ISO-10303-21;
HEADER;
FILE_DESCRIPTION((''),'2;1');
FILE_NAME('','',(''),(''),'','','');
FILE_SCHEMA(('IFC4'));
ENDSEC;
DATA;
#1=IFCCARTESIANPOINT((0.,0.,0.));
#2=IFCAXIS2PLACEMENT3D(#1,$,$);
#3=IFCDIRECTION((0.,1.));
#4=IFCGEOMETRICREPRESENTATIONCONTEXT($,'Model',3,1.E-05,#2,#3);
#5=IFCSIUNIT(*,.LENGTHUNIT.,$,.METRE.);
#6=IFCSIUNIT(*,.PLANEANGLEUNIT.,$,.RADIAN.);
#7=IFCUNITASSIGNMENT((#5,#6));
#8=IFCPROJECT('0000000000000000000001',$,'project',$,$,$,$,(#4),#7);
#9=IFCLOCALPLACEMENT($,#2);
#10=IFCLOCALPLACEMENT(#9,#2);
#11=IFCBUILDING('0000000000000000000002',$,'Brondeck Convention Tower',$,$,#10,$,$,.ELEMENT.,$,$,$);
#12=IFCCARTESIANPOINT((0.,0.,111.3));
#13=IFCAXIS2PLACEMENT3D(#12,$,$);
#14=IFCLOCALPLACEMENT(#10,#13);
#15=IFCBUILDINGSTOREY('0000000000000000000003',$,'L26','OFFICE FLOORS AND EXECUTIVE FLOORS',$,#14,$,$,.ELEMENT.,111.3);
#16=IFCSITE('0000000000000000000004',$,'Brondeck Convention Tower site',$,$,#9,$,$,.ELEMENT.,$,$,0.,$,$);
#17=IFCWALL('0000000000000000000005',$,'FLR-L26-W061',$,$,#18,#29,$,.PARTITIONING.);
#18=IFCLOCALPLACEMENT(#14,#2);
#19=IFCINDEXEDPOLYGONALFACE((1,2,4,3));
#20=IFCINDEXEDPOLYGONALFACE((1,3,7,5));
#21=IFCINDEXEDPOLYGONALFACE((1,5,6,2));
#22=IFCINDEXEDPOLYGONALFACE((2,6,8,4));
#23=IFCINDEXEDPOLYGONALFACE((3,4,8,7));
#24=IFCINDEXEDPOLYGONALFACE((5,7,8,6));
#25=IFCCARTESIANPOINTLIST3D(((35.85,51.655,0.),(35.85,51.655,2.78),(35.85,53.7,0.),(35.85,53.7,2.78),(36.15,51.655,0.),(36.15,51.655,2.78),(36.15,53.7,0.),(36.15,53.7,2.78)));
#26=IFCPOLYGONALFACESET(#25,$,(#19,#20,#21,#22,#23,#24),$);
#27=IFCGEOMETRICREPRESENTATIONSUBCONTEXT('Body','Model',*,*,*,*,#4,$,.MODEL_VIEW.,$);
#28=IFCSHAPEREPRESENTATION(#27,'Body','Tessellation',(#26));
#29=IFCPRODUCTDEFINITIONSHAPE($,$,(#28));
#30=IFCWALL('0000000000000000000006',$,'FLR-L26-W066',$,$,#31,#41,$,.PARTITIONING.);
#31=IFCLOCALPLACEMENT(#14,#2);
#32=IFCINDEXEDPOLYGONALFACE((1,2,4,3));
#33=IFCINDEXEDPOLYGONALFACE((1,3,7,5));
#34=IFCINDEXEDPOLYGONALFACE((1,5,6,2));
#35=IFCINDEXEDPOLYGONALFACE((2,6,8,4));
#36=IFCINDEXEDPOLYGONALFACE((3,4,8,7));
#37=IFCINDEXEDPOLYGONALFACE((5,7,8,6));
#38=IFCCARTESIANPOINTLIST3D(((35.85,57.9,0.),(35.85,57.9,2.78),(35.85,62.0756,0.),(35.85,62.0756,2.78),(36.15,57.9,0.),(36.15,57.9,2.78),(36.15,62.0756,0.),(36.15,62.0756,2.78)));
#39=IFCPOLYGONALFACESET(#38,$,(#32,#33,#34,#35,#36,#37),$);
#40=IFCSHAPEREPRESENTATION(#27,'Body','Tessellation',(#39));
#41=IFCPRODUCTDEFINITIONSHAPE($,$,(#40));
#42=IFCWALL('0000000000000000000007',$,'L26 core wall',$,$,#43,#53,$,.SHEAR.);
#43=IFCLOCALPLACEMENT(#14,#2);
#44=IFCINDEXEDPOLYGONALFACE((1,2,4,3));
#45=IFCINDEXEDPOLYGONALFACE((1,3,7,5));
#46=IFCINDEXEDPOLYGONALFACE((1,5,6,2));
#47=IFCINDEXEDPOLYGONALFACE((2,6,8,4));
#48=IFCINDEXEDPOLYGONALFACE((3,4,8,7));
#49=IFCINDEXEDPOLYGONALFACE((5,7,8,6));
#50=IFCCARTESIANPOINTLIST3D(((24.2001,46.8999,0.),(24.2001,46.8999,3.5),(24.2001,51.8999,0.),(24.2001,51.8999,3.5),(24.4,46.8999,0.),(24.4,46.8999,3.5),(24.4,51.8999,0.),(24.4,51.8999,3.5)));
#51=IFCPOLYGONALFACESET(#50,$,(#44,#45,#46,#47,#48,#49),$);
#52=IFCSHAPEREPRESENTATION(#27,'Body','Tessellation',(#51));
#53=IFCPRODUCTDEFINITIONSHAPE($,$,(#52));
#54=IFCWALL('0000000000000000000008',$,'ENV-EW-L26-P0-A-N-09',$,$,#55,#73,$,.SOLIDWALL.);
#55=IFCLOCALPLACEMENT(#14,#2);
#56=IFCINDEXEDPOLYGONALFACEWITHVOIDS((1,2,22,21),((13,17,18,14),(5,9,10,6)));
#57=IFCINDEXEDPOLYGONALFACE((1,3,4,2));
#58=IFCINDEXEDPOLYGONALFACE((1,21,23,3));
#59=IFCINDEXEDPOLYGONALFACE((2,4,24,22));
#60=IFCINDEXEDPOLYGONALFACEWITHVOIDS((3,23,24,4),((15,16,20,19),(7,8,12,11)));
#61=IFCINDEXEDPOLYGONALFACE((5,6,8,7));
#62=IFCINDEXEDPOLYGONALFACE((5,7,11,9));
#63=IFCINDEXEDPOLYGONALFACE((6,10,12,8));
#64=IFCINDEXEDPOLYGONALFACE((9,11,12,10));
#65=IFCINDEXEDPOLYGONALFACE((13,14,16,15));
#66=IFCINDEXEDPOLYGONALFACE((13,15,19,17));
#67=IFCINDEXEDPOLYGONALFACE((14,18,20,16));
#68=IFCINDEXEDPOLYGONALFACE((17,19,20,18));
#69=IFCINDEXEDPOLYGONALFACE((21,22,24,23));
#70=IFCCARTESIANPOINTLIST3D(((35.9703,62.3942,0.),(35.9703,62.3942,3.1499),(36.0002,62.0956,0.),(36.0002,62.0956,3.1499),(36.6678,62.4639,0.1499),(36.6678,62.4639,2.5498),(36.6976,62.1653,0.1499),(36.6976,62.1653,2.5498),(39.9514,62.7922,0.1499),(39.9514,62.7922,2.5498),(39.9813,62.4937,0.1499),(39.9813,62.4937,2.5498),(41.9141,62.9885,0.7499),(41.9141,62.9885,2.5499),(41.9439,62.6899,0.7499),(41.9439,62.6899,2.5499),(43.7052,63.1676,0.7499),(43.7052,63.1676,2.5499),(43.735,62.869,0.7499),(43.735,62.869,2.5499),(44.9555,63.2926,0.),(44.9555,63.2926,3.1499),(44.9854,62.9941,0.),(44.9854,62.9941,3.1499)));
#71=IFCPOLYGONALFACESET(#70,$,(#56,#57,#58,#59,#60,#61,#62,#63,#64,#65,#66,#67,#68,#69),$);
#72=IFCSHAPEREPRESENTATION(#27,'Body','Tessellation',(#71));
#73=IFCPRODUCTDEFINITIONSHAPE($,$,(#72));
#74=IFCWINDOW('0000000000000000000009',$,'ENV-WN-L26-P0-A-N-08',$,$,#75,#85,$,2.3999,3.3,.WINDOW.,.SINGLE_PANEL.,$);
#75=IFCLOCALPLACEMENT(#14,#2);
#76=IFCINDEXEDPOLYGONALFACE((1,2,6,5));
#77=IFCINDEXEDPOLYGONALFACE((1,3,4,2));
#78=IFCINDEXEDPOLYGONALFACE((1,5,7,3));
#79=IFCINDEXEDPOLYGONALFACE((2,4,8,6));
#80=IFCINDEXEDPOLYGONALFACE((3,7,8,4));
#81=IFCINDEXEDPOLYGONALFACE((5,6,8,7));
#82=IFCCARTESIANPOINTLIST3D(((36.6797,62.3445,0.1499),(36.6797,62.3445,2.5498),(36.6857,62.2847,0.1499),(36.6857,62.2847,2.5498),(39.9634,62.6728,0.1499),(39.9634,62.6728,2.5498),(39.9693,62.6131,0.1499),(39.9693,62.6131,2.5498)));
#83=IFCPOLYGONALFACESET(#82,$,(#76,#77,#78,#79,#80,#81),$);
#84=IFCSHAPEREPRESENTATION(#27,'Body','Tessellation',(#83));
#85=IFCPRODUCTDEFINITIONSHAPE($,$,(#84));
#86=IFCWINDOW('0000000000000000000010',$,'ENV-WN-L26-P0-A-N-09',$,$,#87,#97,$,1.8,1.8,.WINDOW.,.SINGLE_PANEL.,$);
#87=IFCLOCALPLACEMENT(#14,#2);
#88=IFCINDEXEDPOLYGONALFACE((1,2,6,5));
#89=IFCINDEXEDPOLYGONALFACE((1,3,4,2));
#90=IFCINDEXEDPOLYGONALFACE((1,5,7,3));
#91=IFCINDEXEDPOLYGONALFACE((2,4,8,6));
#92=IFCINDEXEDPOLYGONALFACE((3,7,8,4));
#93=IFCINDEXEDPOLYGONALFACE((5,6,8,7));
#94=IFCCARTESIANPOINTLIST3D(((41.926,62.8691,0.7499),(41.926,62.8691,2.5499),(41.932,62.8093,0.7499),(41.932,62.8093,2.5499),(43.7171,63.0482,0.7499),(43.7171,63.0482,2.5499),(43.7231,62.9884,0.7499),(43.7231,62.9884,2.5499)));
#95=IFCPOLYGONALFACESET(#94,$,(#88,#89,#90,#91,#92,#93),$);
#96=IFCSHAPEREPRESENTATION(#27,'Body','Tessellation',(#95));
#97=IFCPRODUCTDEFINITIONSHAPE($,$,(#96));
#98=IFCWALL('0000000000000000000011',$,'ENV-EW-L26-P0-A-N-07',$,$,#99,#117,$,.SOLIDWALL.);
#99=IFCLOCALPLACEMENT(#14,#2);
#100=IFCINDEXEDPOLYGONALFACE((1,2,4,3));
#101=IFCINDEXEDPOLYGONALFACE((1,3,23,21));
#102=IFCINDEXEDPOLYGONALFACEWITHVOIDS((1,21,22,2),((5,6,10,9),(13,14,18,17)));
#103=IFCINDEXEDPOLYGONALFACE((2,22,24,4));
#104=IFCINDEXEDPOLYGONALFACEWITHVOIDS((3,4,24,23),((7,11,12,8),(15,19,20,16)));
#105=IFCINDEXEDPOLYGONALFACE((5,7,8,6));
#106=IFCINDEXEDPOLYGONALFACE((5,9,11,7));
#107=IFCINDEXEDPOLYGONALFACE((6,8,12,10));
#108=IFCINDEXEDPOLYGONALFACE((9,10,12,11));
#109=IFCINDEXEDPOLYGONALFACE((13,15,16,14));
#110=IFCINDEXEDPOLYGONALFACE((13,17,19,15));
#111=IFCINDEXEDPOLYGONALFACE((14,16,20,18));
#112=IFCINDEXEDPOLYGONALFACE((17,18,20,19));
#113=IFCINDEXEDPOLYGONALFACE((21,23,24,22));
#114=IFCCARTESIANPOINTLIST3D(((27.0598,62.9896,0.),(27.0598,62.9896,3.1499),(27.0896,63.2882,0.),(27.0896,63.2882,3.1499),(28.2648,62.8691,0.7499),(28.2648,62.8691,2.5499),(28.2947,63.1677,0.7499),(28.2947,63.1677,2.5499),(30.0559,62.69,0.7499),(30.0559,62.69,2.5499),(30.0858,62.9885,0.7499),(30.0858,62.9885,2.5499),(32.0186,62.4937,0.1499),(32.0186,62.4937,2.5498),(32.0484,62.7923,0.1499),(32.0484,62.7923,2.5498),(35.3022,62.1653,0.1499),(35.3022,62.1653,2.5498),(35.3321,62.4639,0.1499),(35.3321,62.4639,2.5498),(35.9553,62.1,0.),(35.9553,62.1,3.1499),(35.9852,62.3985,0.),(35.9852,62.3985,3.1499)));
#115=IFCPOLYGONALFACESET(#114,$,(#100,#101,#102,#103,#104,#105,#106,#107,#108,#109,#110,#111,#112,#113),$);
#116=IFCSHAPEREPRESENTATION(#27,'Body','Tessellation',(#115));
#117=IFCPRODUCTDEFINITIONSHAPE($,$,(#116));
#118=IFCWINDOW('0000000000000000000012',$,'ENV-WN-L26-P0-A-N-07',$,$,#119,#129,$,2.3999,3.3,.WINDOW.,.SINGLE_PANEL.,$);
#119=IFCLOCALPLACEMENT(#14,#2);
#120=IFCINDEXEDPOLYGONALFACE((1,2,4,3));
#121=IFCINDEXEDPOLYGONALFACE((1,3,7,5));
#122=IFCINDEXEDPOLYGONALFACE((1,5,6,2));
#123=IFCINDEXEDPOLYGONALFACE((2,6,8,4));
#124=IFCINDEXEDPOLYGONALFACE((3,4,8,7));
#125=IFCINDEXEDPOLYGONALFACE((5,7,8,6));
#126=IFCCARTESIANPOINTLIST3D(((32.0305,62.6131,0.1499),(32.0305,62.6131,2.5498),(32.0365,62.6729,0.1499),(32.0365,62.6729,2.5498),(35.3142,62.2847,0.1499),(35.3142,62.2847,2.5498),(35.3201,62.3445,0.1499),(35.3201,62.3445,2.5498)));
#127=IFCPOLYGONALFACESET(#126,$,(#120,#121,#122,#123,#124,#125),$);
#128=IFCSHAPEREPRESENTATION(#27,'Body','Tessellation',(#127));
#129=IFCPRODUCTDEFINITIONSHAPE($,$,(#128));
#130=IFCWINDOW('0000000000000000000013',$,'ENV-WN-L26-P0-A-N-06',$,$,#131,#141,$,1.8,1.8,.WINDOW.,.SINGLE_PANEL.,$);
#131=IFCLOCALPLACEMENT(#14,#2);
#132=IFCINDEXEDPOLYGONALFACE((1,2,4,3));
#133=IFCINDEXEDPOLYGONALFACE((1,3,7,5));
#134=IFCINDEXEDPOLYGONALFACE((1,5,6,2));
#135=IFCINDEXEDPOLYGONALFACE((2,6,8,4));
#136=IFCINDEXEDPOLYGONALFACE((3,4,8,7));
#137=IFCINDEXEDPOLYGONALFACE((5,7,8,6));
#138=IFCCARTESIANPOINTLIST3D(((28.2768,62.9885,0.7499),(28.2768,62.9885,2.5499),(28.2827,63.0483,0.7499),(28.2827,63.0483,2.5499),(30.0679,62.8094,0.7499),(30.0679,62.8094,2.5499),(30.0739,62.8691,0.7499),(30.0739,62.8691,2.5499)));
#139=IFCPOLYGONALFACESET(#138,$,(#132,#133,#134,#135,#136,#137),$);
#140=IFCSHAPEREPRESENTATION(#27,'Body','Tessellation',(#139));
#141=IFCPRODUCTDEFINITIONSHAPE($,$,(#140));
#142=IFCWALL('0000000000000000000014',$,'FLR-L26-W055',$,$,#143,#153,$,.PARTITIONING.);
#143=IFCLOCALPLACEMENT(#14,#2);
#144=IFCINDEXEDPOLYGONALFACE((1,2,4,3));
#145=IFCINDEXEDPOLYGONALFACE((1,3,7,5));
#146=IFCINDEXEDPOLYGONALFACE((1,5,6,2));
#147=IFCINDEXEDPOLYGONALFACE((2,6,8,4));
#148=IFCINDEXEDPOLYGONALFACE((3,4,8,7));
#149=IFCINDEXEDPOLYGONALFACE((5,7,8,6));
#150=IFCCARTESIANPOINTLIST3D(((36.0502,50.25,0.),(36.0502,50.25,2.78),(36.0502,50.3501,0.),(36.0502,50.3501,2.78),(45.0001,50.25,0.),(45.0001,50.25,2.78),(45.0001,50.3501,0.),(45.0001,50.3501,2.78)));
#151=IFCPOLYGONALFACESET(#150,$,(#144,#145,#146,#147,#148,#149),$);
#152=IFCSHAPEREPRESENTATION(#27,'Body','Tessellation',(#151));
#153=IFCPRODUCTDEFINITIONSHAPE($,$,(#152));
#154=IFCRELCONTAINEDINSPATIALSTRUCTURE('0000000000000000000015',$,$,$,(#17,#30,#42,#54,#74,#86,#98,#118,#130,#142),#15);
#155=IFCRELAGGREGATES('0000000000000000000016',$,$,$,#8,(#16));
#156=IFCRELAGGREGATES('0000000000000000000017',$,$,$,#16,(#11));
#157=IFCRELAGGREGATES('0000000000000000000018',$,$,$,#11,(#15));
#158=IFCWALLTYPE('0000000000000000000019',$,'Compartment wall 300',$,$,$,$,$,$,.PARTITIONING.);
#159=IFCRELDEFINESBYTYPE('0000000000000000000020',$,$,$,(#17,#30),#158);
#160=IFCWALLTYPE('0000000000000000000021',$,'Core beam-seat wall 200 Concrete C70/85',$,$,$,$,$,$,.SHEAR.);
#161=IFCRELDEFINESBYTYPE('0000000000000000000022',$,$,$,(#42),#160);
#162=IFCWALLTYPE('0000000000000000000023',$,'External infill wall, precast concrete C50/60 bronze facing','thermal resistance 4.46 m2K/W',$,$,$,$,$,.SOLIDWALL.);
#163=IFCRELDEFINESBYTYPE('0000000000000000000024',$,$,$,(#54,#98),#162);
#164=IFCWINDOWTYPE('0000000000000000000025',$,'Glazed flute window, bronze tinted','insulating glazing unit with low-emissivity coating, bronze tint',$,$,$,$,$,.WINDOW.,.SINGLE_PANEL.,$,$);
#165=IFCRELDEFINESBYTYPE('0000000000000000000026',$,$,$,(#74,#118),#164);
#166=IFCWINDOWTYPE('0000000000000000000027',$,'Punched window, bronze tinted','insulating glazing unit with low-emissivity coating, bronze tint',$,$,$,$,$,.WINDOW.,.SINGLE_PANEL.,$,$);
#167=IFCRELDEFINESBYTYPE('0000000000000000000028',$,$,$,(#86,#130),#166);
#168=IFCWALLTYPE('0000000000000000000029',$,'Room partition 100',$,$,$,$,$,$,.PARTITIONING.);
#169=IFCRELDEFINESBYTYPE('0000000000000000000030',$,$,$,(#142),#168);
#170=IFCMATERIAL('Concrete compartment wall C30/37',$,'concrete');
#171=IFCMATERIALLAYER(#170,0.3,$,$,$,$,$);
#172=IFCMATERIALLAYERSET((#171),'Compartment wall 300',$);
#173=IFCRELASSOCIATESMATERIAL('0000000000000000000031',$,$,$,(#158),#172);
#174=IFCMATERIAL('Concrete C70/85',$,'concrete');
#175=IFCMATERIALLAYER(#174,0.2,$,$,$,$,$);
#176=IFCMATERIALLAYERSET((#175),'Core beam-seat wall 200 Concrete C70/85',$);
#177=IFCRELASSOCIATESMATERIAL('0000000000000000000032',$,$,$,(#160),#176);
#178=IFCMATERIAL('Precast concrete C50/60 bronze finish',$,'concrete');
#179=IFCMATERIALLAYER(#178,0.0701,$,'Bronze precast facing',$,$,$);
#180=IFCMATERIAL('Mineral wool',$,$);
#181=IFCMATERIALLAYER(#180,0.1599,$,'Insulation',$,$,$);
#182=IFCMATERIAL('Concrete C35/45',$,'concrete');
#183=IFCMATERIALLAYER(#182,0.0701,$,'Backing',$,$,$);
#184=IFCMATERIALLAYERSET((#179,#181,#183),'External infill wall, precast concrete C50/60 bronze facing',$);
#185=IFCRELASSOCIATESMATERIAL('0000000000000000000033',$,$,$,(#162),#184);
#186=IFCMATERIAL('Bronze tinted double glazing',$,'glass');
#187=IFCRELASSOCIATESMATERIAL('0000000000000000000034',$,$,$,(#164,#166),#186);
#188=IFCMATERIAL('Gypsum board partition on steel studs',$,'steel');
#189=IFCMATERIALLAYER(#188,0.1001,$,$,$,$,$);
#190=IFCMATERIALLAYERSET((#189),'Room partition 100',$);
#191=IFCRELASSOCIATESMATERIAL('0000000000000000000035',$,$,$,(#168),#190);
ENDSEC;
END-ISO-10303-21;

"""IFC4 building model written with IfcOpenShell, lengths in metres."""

from ifc_helpers import new_model, si_unit, direction, frame, frame_2d, origin, place, context, subcontext, project, spatial, rectangle, extrude, material, layer, layer_set, type_object, element, fill, save


model = new_model("IFC4")

# Units and contexts
model_context = context("Model", 3, precision=1e-05, world=origin(), true_north=direction((0.0, 1.0)))
body_context = subcontext(model_context, "Body", "Model", "MODEL_VIEW")
ifc_project = project(units=[si_unit("LENGTHUNIT", "METRE"), si_unit("PLANEANGLEUNIT", "RADIAN")], contexts=[model_context])

# Site, building, storey
site_placement = place(None, origin())
site = spatial("IfcSite", under=ifc_project, at=site_placement, Name="Brondeck Convention Tower site", CompositionType="ELEMENT", RefElevation=0.0)
building_placement = place(site_placement, origin())
building = spatial("IfcBuilding", under=site, at=building_placement, Name="Brondeck Convention Tower", CompositionType="ELEMENT")
storey_placement = place(building_placement, frame((0.0, 0.0, 111.3)))
storey = spatial("IfcBuildingStorey", under=building, at=storey_placement, Name="L26", Description="OFFICE FLOORS AND EXECUTIVE FLOORS", CompositionType="ELEMENT", Elevation=111.3)

# Shared definitions
ifc_material_1 = material(Name="Concrete C70/85", Category="concrete")

# Walls
ifc_material_2 = material(Name="Concrete compartment wall C30/37", Category="concrete")
ifc_layer_1 = layer(ifc_material_2, 0.3)
ifc_layer_set_1 = layer_set([ifc_layer_1], Name="Compartment wall 300")
wall_type_1 = type_object("IfcWallType", Name="Compartment wall 300", PredefinedType="PARTITIONING", material=ifc_layer_set_1)
wall_1_placement = place(storey_placement, frame((36.0, 51.655, 0.0), z_axis=(0.0, 0.0, 1.0), x_axis=(0.0, 1.0, 0.0)))
element("IfcWall", 1, at=wall_1_placement, inside=storey, type_object=wall_type_1, Name="FLR-L26-W061", PredefinedType="PARTITIONING", context=body_context, shape_type="SweptSolid", body=[
    extrude(rectangle(XDim=2.0449, YDim=0.3, at=frame_2d((1.0225, 0.0))), origin(), (0.0, 0.0, 1.0), 2.78),
])
wall_2_placement = place(storey_placement, frame((36.0, 57.8999, 0.0), z_axis=(0.0, 0.0, 1.0), x_axis=(0.0, 1.0, 0.0)))
element("IfcWall", 2, at=wall_2_placement, inside=storey, type_object=wall_type_1, Name="FLR-L26-W066", PredefinedType="PARTITIONING", context=body_context, shape_type="SweptSolid", body=[
    extrude(rectangle(XDim=4.1755, YDim=0.3, at=frame_2d((2.0879, 0.0))), origin(), (0.0, 0.0, 1.0), 2.78),
])
ifc_layer_2 = layer(ifc_material_1, 0.2)
ifc_layer_set_2 = layer_set([ifc_layer_2], Name="Core beam-seat wall 200 Concrete C70/85")
wall_type_2 = type_object("IfcWallType", Name="Core beam-seat wall 200 Concrete C70/85", PredefinedType="SHEAR", material=ifc_layer_set_2)
wall_3_placement = place(storey_placement, frame((24.3, 46.8999, 0.0), z_axis=(0.0, 0.0, 1.0), x_axis=(0.0, 1.0, 0.0)))
element("IfcWall", 3, at=wall_3_placement, inside=storey, type_object=wall_type_2, Name="L26 core wall", PredefinedType="SHEAR", context=body_context, shape_type="SweptSolid", body=[
    extrude(rectangle(XDim=5.0, YDim=0.2, at=frame_2d((2.5, 0.0))), origin(), (0.0, 0.0, 1.0), 3.5),
])

# Walls, openings, windows
ifc_material_3 = material(Name="Precast concrete C50/60 bronze finish", Category="concrete")
ifc_layer_3 = layer(ifc_material_3, 0.0701, Name="Bronze precast facing")
ifc_material_4 = material(Name="Mineral wool")
ifc_layer_4 = layer(ifc_material_4, 0.1599, Name="Insulation")
ifc_material_5 = material(Name="Concrete C35/45", Category="concrete")
ifc_layer_5 = layer(ifc_material_5, 0.0701, Name="Backing")
ifc_layer_set_3 = layer_set([ifc_layer_3, ifc_layer_4, ifc_layer_5], Name="External infill wall, precast concrete C50/60 bronze facing")
wall_type_3 = type_object("IfcWallType", Name="External infill wall, precast concrete C50/60 bronze facing", Description="thermal resistance 4.46 m2K/W", PredefinedType="SOLIDWALL", material=ifc_layer_set_3)
wall_4_placement = place(storey_placement, frame((35.9851, 62.2449, 0.0), z_axis=(0.0, 0.0, 1.0), x_axis=(0.995038, 0.099496, 0.0)))
wall_4 = element("IfcWall", 4, at=wall_4_placement, inside=storey, type_object=wall_type_3, Name="ENV-EW-L26-P0-A-N-09", PredefinedType="SOLIDWALL", context=body_context, shape_type="SweptSolid", body=[
    extrude(rectangle(XDim=9.03, YDim=0.3, at=frame_2d((4.5151, 0.0))), origin(), (0.0, 0.0, 1.0), 3.1499),
])
opening_1_placement = place(wall_4_placement, frame((0.7012, 0.0, 0.1499)))
opening_1 = element("IfcOpeningElement", 5, at=opening_1_placement, cuts=wall_4, PredefinedType="OPENING", context=body_context, shape_type="SweptSolid", body=[
    extrude(rectangle(XDim=3.3, YDim=2.3999, at=frame_2d((1.6499, 1.2))), frame((0.0, 0.1599, 0.0), z_axis=(0.0, -1.0, 0.0), x_axis=(1.0, 0.0, 0.0)), (0.0, 0.0, 1.0), 0.3201),
])
opening_2_placement = place(wall_4_placement, frame((5.9736, 0.0, 0.75)))
opening_2 = element("IfcOpeningElement", 6, at=opening_2_placement, cuts=wall_4, PredefinedType="OPENING", context=body_context, shape_type="SweptSolid", body=[
    extrude(rectangle(XDim=1.8, YDim=1.8, at=frame_2d((0.8999, 0.8999))), frame((0.0, 0.1599, 0.0), z_axis=(0.0, -1.0, 0.0), x_axis=(1.0, 0.0, 0.0)), (0.0, 0.0, 1.0), 0.3201),
])
ifc_material_6 = material(Name="Bronze tinted double glazing", Category="glass")
window_type_1 = type_object("IfcWindowType", Name="Glazed flute window, bronze tinted", Description="insulating glazing unit with low-emissivity coating, bronze tint", PartitioningType="SINGLE_PANEL", PredefinedType="WINDOW", material=ifc_material_6)
window_1_placement = place(opening_1_placement, origin())
window_1 = element("IfcWindow", 7, at=window_1_placement, inside=storey, type_object=window_type_1, Name="ENV-WN-L26-P0-A-N-08", OverallHeight=2.3999, OverallWidth=3.3, PartitioningType="SINGLE_PANEL", PredefinedType="WINDOW", context=body_context, shape_type="SweptSolid", body=[
    extrude(rectangle(XDim=3.3, YDim=2.3999, at=frame_2d((1.6499, 1.2))), frame((0.0, 0.03, 0.0), z_axis=(0.0, -1.0, 0.0), x_axis=(1.0, 0.0, 0.0)), (0.0, 0.0, 1.0), 0.0601),
])
fill(opening_1, window_1)
window_type_2 = type_object("IfcWindowType", Name="Punched window, bronze tinted", Description="insulating glazing unit with low-emissivity coating, bronze tint", PartitioningType="SINGLE_PANEL", PredefinedType="WINDOW", material=ifc_material_6)
window_2_placement = place(opening_2_placement, origin())
window_2 = element("IfcWindow", 8, at=window_2_placement, inside=storey, type_object=window_type_2, Name="ENV-WN-L26-P0-A-N-09", OverallHeight=1.8, OverallWidth=1.8, PartitioningType="SINGLE_PANEL", PredefinedType="WINDOW", context=body_context, shape_type="SweptSolid", body=[
    extrude(rectangle(XDim=1.8, YDim=1.8, at=frame_2d((0.8999, 0.8999))), frame((0.0, 0.03, 0.0), z_axis=(0.0, -1.0, 0.0), x_axis=(1.0, 0.0, 0.0)), (0.0, 0.0, 1.0), 0.0601),
])
fill(opening_2, window_2)
wall_5_placement = place(storey_placement, frame((27.0747, 63.1389, 0.0), z_axis=(0.0, 0.0, 1.0), x_axis=(0.995036, -0.099515, 0.0)))
wall_5 = element("IfcWall", 9, at=wall_5_placement, inside=storey, type_object=wall_type_3, Name="ENV-EW-L26-P0-A-N-07", PredefinedType="SOLIDWALL", context=body_context, shape_type="SweptSolid", body=[
    extrude(rectangle(XDim=8.9399, YDim=0.3, at=frame_2d((4.47, 0.0))), origin(), (0.0, 0.0, 1.0), 3.1499),
])
opening_3_placement = place(wall_5_placement, frame((1.2112, 0.0, 0.75)))
opening_3 = element("IfcOpeningElement", 10, at=opening_3_placement, cuts=wall_5, PredefinedType="OPENING", context=body_context, shape_type="SweptSolid", body=[
    extrude(rectangle(XDim=1.8, YDim=1.8, at=frame_2d((0.8999, 0.8999))), frame((0.0, 0.1599, 0.0), z_axis=(0.0, -1.0, 0.0), x_axis=(1.0, 0.0, 0.0)), (0.0, 0.0, 1.0), 0.3201),
])
opening_4_placement = place(wall_5_placement, frame((4.9836, 0.0, 0.1499)))
opening_4 = element("IfcOpeningElement", 11, at=opening_4_placement, cuts=wall_5, PredefinedType="OPENING", context=body_context, shape_type="SweptSolid", body=[
    extrude(rectangle(XDim=3.3, YDim=2.3999, at=frame_2d((1.6499, 1.2))), frame((0.0, 0.1599, 0.0), z_axis=(0.0, -1.0, 0.0), x_axis=(1.0, 0.0, 0.0)), (0.0, 0.0, 1.0), 0.3201),
])
window_3_placement = place(opening_4_placement, origin())
window_3 = element("IfcWindow", 12, at=window_3_placement, inside=storey, type_object=window_type_1, Name="ENV-WN-L26-P0-A-N-07", OverallHeight=2.3999, OverallWidth=3.3, PartitioningType="SINGLE_PANEL", PredefinedType="WINDOW", context=body_context, shape_type="SweptSolid", body=[
    extrude(rectangle(XDim=3.3, YDim=2.3999, at=frame_2d((1.6499, 1.2))), frame((0.0, 0.03, 0.0), z_axis=(0.0, -1.0, 0.0), x_axis=(1.0, 0.0, 0.0)), (0.0, 0.0, 1.0), 0.0601),
])
fill(opening_4, window_3)
window_4_placement = place(opening_3_placement, origin())
window_4 = element("IfcWindow", 13, at=window_4_placement, inside=storey, type_object=window_type_2, Name="ENV-WN-L26-P0-A-N-06", OverallHeight=1.8, OverallWidth=1.8, PartitioningType="SINGLE_PANEL", PredefinedType="WINDOW", context=body_context, shape_type="SweptSolid", body=[
    extrude(rectangle(XDim=1.8, YDim=1.8, at=frame_2d((0.8999, 0.8999))), frame((0.0, 0.03, 0.0), z_axis=(0.0, -1.0, 0.0), x_axis=(1.0, 0.0, 0.0)), (0.0, 0.0, 1.0), 0.0601),
])
fill(opening_3, window_4)

# Wall
ifc_material_7 = material(Name="Gypsum board partition on steel studs", Category="steel")
ifc_layer_6 = layer(ifc_material_7, 0.1001)
ifc_layer_set_4 = layer_set([ifc_layer_6], Name="Room partition 100")
wall_type_4 = type_object("IfcWallType", Name="Room partition 100", PredefinedType="PARTITIONING", material=ifc_layer_set_4)
wall_6_placement = place(storey_placement, frame((36.05, 50.3, 0.0), z_axis=(0.0, 0.0, 1.0), x_axis=(1.0, 0.0, 0.0)))
element("IfcWall", 14, at=wall_6_placement, inside=storey, type_object=wall_type_4, Name="FLR-L26-W055", PredefinedType="PARTITIONING", context=body_context, shape_type="SweptSolid", body=[
    extrude(rectangle(XDim=8.95, YDim=0.1001, at=frame_2d((4.4751, 0.0))), origin(), (0.0, 0.0, 1.0), 2.78),
])

save(model, "model.ifc")
